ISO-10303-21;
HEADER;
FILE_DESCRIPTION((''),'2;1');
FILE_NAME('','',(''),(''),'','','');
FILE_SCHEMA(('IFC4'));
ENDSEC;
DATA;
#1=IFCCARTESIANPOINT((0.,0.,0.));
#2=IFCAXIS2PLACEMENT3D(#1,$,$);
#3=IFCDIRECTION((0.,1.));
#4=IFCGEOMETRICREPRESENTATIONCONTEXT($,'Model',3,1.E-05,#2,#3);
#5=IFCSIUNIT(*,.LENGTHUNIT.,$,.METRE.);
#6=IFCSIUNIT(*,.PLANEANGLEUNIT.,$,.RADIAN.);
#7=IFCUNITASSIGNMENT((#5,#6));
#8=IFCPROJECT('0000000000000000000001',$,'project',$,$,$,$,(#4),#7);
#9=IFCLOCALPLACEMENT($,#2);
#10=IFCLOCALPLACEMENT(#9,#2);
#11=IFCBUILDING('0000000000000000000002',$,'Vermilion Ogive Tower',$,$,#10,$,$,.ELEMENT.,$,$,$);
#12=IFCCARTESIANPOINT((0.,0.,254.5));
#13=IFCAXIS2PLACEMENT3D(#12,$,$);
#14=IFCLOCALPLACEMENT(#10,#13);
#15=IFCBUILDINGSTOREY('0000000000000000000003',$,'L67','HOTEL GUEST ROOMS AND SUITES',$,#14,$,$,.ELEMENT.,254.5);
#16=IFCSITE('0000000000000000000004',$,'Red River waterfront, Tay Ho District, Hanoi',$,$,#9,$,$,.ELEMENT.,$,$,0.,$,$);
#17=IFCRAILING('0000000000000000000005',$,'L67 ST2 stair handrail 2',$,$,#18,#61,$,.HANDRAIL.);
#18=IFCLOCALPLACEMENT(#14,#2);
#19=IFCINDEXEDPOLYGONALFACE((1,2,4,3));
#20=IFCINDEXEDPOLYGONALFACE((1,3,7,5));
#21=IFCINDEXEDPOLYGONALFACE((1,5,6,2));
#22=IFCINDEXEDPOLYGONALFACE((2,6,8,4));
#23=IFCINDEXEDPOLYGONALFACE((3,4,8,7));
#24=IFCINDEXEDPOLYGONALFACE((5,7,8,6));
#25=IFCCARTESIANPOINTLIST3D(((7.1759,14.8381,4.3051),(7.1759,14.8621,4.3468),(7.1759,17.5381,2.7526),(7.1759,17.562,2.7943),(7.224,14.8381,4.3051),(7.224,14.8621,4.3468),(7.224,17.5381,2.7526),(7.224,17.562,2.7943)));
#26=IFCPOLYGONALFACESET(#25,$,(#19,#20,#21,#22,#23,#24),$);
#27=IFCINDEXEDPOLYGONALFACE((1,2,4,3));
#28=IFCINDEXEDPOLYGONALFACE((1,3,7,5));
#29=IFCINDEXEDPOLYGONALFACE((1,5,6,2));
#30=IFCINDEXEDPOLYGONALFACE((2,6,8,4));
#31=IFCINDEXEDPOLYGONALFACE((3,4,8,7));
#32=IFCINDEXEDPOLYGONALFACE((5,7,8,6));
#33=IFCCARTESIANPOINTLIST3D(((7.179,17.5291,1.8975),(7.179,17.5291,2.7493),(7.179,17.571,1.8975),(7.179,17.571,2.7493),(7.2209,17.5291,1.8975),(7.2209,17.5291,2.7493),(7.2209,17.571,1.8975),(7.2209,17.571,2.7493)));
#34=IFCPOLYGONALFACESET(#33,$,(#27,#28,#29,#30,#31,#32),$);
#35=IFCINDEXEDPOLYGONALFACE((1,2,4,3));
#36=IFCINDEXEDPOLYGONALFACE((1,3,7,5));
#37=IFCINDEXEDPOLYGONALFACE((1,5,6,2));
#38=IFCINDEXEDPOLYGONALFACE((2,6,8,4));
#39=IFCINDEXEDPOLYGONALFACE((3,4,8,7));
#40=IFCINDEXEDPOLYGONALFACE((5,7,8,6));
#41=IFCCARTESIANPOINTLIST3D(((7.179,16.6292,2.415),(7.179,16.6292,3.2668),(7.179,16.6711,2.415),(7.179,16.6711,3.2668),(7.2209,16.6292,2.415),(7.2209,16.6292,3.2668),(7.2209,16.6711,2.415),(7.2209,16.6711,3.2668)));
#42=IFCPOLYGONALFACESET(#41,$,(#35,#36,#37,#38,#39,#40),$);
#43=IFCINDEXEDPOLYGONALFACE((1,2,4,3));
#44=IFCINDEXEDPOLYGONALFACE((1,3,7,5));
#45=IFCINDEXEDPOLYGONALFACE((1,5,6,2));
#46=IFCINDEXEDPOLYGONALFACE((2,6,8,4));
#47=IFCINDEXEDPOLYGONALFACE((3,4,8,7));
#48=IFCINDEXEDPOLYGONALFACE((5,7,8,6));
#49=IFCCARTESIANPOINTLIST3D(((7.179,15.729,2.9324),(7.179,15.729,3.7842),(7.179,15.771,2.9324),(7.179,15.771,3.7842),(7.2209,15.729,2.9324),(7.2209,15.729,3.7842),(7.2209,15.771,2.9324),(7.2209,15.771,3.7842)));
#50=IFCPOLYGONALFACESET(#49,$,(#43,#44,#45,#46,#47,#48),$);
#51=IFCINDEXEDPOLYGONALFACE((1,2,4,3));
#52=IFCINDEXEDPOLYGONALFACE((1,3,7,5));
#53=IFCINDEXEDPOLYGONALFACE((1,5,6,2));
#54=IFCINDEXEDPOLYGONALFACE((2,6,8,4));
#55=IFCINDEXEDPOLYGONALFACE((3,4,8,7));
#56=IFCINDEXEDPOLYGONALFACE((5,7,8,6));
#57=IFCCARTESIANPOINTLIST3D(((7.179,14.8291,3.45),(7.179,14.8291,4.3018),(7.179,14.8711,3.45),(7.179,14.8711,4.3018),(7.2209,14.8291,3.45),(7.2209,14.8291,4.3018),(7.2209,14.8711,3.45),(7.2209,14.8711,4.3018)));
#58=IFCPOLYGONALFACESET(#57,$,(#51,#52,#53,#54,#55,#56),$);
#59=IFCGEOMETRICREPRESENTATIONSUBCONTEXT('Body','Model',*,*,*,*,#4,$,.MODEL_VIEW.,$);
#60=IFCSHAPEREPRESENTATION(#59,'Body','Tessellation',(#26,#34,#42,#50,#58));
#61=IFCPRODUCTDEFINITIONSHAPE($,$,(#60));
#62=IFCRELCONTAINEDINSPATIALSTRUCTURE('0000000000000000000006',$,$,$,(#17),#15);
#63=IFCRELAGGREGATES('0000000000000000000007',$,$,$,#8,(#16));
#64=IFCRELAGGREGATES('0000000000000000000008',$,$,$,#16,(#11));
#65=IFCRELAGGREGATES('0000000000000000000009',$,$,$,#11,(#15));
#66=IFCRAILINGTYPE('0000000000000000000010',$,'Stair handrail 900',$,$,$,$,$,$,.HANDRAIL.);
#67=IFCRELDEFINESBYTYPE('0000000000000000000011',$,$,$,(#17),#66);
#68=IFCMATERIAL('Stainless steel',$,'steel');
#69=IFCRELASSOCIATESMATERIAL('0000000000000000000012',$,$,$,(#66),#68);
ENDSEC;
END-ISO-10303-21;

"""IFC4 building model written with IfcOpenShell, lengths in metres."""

from ifc_helpers import new_model, si_unit, direction, frame, origin, origin_2d, place, context, subcontext, project, spatial, rectangle, extrude, material, type_object, element, save


model = new_model("IFC4")

# Units and contexts
model_context = context("Model", 3, precision=1e-05, world=origin(), true_north=direction((0.0, 1.0)))
body_context = subcontext(model_context, "Body", "Model", "MODEL_VIEW")
ifc_project = project(units=[si_unit("LENGTHUNIT", "METRE"), si_unit("PLANEANGLEUNIT", "RADIAN")], contexts=[model_context])

# Site, building, storey
site_placement = place(None, origin())
site = spatial("IfcSite", under=ifc_project, at=site_placement, Name="Red River waterfront, Tay Ho District, Hanoi", CompositionType="ELEMENT", RefElevation=0.0)
building_placement = place(site_placement, origin())
building = spatial("IfcBuilding", under=site, at=building_placement, Name="Vermilion Ogive Tower", CompositionType="ELEMENT")
storey_placement = place(building_placement, frame((0.0, 0.0, 254.5)))
storey = spatial("IfcBuildingStorey", under=building, at=storey_placement, Name="L67", Description="HOTEL GUEST ROOMS AND SUITES", CompositionType="ELEMENT", Elevation=254.5)

# Railing
ifc_material_1 = material(Name="Stainless steel", Category="steel")
railing_type_1 = type_object("IfcRailingType", Name="Stair handrail 900", PredefinedType="HANDRAIL", material=ifc_material_1)
railing_1_placement = place(storey_placement, frame((7.2, 17.55, 1.8975)))
element("IfcRailing", 1, at=railing_1_placement, inside=storey, type_object=railing_type_1, Name="L67 ST2 stair handrail 2", PredefinedType="HANDRAIL", context=body_context, shape_type="SweptSolid", body=[
    extrude(rectangle(XDim=0.0481, YDim=0.0481, at=origin_2d()), frame((0.0, 0.0, 0.876), z_axis=(0.0, -0.866904, 0.498476), x_axis=(1.0, 0.0, 0.0)), (0.0, 0.0, 1.0), 3.1145),
    extrude(rectangle(XDim=0.042, YDim=0.042, at=origin_2d()), origin(), (0.0, 0.0, 1.0), 0.8518),
    extrude(rectangle(XDim=0.042, YDim=0.042, at=origin_2d()), frame((0.0, -0.8999, 0.5176)), (0.0, 0.0, 1.0), 0.8518),
    extrude(rectangle(XDim=0.042, YDim=0.042, at=origin_2d()), frame((0.0, -1.8, 1.0349)), (0.0, 0.0, 1.0), 0.8518),
    extrude(rectangle(XDim=0.042, YDim=0.042, at=origin_2d()), frame((0.0, -2.7, 1.5525)), (0.0, 0.0, 1.0), 0.8518),
])

save(model, "model.ifc")
